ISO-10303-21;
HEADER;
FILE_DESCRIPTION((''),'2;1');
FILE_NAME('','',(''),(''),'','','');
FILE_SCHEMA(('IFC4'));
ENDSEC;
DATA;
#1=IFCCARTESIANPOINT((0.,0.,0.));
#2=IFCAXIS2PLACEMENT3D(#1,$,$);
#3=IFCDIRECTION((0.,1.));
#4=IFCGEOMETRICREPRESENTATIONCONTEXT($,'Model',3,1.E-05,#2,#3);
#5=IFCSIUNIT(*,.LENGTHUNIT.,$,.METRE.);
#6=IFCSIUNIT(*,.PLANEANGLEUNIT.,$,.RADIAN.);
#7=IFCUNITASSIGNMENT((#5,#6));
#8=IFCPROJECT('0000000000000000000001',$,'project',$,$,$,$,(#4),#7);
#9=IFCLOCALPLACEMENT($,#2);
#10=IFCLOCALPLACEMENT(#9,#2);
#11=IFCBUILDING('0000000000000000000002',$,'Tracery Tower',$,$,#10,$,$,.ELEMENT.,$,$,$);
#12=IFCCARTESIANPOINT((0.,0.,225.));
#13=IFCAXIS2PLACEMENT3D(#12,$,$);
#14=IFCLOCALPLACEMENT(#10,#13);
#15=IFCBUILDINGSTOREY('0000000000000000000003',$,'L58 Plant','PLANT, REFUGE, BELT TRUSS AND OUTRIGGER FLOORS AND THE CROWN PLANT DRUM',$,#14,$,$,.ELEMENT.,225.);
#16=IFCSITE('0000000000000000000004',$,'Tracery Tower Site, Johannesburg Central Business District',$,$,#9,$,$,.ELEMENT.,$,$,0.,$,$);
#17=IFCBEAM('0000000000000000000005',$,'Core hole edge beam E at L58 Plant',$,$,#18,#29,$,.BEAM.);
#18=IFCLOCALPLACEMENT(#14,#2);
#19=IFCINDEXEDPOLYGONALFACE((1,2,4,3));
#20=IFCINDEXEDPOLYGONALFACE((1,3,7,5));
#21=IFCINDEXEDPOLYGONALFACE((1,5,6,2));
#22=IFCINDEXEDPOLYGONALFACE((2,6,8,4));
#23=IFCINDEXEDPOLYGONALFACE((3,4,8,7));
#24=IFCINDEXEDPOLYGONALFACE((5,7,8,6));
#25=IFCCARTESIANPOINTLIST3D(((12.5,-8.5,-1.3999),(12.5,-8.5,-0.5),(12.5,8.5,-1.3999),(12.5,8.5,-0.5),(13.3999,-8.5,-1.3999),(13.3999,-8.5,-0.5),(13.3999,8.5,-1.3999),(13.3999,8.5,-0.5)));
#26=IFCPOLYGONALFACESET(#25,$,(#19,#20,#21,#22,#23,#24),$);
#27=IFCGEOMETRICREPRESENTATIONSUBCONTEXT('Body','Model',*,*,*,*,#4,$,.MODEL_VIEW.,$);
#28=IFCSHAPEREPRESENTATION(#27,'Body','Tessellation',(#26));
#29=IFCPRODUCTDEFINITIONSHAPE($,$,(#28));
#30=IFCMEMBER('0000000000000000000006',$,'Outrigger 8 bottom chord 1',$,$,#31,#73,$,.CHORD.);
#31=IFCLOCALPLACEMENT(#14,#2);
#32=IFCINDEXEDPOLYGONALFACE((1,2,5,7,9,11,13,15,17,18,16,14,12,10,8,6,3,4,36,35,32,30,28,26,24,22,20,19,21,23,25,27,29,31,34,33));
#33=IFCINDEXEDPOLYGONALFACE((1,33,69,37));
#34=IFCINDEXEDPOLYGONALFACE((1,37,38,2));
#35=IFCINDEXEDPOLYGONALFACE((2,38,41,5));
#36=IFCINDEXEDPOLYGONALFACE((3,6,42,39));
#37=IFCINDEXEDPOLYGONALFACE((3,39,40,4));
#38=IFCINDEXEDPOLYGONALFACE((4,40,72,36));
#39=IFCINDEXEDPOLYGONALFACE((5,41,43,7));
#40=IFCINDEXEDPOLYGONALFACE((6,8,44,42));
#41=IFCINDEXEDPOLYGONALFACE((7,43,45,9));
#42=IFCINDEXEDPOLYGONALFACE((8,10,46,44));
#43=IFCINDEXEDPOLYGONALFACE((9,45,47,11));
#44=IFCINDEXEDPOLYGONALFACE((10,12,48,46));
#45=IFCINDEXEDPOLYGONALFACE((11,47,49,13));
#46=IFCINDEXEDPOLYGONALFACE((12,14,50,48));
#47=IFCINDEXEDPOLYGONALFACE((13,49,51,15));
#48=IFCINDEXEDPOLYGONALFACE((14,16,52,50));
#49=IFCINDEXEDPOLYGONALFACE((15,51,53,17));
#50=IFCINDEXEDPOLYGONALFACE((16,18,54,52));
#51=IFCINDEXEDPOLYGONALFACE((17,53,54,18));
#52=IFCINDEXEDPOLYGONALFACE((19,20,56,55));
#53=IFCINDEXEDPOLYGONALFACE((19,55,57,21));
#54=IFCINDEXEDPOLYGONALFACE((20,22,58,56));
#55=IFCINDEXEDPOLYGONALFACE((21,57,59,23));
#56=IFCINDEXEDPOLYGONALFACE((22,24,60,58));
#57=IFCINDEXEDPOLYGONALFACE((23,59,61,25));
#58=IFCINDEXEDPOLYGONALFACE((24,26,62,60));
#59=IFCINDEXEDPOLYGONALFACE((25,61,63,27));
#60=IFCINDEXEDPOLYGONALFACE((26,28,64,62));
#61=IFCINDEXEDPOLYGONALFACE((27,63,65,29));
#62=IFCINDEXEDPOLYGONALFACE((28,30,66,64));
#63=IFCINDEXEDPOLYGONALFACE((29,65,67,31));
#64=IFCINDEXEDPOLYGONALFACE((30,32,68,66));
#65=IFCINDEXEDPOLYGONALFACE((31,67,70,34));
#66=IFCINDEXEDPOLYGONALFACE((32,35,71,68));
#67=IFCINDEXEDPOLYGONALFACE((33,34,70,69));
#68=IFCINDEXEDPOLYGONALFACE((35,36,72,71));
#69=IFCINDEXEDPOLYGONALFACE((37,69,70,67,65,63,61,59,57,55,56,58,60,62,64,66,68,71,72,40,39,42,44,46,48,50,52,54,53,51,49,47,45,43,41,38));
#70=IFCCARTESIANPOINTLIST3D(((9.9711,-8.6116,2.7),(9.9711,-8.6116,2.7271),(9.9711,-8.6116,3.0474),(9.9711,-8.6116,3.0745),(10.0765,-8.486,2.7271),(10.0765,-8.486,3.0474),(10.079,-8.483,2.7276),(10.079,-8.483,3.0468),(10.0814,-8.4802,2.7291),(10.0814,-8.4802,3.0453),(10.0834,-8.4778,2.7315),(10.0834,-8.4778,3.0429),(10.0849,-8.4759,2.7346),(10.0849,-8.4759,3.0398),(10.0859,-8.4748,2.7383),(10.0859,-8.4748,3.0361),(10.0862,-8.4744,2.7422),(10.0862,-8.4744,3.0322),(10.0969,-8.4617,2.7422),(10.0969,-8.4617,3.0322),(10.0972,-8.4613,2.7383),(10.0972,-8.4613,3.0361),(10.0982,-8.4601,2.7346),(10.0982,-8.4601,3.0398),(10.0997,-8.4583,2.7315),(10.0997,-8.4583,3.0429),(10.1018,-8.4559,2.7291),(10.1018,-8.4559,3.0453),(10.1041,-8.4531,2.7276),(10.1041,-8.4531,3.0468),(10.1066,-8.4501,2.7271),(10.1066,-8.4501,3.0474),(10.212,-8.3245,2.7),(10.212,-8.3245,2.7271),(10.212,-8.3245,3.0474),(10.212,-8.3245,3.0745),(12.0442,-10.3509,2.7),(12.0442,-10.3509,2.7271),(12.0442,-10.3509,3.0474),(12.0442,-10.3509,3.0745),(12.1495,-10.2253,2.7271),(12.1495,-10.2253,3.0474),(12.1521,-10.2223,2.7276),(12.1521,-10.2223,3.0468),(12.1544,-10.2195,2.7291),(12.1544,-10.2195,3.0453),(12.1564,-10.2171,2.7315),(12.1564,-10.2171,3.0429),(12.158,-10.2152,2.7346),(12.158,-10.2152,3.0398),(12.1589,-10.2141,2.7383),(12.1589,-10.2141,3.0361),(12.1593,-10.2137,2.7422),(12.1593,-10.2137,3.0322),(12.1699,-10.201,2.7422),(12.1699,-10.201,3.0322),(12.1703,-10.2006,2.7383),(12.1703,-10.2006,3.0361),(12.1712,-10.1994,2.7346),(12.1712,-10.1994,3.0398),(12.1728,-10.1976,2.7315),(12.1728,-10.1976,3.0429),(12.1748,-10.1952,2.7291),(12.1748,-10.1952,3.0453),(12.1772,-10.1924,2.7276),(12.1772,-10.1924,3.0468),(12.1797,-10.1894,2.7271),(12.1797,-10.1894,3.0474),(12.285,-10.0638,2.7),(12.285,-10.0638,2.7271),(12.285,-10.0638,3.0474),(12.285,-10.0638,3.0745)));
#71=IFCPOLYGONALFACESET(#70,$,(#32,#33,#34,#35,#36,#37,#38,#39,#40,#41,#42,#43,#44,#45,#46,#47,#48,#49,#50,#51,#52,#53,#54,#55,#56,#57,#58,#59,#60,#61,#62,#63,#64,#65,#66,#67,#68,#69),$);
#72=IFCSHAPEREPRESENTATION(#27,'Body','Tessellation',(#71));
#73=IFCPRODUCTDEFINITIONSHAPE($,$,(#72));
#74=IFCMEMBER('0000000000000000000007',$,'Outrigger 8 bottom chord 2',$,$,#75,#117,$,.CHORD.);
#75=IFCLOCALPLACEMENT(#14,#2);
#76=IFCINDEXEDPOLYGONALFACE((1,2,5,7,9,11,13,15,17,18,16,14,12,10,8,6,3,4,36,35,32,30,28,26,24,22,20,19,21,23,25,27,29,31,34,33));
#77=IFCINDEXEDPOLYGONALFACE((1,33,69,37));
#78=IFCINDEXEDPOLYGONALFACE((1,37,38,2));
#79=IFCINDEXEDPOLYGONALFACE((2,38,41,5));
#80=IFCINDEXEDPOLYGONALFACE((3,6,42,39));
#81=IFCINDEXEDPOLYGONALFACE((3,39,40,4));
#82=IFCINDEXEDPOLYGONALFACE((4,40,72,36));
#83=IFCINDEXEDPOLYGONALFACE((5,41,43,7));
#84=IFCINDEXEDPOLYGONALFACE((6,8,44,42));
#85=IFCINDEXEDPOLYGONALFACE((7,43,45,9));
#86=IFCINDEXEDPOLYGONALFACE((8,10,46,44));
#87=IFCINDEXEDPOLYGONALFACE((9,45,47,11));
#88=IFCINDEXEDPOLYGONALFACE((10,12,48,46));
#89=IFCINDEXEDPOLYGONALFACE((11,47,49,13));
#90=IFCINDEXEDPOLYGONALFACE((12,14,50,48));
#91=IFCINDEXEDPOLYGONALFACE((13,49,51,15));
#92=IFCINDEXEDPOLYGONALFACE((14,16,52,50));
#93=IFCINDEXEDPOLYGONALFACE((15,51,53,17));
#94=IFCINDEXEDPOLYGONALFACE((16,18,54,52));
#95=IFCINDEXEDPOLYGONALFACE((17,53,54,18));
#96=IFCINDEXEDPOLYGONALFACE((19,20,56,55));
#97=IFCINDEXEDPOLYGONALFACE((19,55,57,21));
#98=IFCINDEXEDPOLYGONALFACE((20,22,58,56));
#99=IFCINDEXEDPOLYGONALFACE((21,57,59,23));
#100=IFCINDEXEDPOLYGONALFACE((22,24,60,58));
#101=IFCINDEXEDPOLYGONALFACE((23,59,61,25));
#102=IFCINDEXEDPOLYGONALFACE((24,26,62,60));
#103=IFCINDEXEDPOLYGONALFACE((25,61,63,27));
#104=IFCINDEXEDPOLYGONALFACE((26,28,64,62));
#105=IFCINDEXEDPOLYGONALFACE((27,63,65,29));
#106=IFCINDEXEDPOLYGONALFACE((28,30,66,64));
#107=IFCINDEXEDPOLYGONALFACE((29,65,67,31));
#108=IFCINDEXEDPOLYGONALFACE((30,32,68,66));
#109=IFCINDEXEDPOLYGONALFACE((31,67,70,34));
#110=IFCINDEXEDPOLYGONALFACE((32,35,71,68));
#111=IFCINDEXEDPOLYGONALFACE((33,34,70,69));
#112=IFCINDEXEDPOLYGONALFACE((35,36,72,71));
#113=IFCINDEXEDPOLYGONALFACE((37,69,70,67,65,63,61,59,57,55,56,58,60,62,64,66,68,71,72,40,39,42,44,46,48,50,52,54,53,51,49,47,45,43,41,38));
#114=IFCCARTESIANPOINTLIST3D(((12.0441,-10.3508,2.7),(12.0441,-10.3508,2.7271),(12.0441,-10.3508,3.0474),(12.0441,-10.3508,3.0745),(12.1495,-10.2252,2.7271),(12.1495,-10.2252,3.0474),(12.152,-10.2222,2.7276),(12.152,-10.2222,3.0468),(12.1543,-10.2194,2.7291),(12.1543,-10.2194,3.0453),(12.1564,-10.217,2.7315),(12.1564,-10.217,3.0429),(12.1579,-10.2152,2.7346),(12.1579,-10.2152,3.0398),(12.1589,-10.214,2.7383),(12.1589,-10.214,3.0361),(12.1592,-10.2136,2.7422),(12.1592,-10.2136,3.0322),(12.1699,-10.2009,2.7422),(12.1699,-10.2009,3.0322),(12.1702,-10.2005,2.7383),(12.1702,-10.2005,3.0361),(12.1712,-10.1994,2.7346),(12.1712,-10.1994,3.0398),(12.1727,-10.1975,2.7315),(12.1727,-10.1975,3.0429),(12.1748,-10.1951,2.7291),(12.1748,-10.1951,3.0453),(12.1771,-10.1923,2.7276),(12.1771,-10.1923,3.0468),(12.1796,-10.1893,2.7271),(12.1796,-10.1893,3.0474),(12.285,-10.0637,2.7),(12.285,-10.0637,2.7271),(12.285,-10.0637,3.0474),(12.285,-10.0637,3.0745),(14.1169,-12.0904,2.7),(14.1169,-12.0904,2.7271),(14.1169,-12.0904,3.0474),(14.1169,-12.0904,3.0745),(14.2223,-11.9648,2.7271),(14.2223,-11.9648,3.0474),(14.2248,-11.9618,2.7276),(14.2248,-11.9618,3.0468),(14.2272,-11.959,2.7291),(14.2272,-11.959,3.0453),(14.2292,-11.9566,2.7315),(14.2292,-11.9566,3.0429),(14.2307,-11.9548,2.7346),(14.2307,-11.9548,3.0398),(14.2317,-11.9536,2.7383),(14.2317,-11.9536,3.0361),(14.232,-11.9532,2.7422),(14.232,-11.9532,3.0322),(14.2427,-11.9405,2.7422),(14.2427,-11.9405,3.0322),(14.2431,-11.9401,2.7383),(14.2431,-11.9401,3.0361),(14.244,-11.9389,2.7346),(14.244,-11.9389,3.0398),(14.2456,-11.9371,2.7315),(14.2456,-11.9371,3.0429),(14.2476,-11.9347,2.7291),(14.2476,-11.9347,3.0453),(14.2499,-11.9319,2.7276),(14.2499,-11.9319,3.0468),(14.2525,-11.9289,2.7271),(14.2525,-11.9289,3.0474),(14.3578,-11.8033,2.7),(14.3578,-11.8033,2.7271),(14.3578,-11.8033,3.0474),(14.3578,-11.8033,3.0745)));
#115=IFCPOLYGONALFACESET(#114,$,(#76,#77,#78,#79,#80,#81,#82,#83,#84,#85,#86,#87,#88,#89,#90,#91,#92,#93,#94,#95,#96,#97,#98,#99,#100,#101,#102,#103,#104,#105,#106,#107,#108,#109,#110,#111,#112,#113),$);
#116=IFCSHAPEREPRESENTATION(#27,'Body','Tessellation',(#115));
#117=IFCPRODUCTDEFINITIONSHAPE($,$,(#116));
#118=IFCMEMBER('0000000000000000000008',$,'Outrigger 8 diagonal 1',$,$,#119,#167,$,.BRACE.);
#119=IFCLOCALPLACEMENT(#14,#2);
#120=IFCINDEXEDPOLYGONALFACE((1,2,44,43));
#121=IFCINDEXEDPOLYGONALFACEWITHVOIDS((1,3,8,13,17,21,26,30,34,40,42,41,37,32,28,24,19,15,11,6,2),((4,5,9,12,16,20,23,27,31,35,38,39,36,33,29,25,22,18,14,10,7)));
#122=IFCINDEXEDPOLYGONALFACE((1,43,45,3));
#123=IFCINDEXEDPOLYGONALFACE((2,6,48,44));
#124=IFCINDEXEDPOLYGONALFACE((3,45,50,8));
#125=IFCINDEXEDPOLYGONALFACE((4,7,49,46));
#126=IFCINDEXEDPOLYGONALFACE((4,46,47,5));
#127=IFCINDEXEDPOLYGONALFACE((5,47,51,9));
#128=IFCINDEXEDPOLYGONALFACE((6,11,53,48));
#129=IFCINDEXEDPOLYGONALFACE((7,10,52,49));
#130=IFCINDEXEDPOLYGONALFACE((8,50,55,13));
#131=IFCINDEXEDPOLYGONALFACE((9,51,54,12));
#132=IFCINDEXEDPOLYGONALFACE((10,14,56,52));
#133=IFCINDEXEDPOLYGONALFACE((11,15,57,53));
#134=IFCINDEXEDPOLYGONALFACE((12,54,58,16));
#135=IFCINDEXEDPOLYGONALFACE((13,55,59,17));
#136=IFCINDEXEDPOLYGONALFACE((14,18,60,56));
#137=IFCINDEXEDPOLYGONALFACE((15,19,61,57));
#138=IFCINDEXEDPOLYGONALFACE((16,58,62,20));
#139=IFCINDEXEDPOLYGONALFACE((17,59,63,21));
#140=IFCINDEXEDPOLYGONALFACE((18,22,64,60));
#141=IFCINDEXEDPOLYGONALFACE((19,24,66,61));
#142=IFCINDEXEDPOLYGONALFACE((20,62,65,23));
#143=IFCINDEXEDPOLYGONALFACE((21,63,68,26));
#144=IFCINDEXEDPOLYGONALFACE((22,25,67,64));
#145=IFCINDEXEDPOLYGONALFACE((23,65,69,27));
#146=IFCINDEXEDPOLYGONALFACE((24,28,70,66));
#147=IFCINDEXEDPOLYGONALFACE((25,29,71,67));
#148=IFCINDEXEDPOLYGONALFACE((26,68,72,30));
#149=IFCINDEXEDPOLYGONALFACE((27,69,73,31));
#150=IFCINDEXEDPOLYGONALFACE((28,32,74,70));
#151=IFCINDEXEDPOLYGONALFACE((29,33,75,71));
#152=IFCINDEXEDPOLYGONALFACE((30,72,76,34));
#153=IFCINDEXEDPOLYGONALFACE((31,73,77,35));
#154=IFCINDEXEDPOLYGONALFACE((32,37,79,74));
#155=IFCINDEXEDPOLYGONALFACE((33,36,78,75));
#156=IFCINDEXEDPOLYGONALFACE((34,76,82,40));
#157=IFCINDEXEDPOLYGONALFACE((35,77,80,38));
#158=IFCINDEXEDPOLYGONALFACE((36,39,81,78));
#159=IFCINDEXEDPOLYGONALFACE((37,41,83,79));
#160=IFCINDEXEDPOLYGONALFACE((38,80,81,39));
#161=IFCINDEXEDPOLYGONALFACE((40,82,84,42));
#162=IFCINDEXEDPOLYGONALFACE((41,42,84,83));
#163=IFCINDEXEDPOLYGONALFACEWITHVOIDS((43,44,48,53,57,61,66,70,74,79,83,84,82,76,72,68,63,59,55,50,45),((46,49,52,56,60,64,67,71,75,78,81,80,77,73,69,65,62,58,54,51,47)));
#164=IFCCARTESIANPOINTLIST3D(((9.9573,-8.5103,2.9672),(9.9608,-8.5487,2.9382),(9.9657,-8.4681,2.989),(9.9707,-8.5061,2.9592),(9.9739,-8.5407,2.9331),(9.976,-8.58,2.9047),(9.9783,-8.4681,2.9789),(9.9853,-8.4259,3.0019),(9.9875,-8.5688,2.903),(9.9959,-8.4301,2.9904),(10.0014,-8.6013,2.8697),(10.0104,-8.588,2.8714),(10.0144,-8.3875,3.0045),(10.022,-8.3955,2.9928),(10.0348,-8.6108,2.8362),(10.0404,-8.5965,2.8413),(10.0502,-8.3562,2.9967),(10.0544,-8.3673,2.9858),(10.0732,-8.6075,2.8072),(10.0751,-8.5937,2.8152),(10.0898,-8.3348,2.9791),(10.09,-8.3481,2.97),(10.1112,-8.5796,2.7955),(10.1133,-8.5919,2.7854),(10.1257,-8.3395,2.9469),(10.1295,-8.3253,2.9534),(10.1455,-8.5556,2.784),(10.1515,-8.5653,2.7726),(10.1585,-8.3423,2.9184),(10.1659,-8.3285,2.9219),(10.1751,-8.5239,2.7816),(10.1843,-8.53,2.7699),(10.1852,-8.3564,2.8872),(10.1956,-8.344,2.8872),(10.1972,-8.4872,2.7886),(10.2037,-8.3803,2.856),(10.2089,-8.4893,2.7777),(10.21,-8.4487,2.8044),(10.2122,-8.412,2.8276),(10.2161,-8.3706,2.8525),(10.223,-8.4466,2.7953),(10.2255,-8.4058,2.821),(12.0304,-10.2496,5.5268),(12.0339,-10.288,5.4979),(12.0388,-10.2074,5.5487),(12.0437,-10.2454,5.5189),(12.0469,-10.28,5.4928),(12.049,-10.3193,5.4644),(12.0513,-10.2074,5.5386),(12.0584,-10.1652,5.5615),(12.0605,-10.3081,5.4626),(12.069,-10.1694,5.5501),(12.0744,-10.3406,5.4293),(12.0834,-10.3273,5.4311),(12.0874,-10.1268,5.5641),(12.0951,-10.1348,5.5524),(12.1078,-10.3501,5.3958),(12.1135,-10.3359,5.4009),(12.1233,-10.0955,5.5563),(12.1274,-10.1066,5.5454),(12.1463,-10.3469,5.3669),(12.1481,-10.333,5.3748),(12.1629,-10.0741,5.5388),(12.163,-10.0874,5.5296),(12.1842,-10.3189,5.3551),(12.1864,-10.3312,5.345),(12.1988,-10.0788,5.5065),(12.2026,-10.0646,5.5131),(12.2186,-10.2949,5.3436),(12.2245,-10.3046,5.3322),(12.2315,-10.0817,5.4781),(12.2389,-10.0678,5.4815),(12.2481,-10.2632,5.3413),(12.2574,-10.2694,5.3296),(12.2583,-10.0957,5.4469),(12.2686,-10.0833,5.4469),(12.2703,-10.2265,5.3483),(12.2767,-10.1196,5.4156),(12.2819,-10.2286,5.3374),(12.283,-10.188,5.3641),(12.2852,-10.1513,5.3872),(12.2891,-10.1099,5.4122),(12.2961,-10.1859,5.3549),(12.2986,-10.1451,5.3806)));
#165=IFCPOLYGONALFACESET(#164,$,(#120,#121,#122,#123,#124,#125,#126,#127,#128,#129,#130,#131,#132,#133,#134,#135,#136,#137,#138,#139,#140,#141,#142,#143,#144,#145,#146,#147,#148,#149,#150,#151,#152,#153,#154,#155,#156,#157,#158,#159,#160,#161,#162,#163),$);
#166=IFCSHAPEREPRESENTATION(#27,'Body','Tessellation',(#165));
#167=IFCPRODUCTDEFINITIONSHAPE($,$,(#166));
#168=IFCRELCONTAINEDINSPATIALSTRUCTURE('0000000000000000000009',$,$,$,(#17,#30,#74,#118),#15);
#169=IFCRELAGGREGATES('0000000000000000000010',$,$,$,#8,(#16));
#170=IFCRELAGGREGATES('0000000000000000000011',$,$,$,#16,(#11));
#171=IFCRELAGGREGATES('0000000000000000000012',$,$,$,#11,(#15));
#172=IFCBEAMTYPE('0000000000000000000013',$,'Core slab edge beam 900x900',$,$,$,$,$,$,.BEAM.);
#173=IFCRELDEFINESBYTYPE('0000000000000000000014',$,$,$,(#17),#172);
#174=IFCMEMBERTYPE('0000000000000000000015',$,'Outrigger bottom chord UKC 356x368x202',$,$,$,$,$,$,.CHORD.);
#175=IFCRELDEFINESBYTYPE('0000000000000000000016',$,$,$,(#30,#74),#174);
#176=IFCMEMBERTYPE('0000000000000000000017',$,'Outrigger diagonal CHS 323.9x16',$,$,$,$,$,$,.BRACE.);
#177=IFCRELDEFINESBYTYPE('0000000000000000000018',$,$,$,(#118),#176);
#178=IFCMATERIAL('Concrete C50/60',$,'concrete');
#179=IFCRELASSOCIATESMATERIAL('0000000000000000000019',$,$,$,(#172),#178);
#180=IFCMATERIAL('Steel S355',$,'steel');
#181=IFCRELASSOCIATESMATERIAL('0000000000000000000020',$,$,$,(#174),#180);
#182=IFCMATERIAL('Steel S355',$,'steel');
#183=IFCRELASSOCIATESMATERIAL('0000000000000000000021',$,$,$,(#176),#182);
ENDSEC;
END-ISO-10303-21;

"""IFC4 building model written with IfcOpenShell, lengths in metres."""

from ifc_helpers import new_model, si_unit, direction, frame, origin, origin_2d, place, context, subcontext, project, spatial, rectangle, hollow_circle, i_section, extrude, material, material_profile, profile_set, type_object, element, save


model = new_model("IFC4")

# Units and contexts
model_context = context("Model", 3, precision=1e-05, world=origin(), true_north=direction((0.0, 1.0)))
body_context = subcontext(model_context, "Body", "Model", "MODEL_VIEW")
ifc_project = project(units=[si_unit("LENGTHUNIT", "METRE"), si_unit("PLANEANGLEUNIT", "RADIAN")], contexts=[model_context])

# Site, building, storey
site_placement = place(None, origin())
site = spatial("IfcSite", under=ifc_project, at=site_placement, Name="Tracery Tower Site, Johannesburg Central Business District", CompositionType="ELEMENT", RefElevation=0.0)
building_placement = place(site_placement, origin())
building = spatial("IfcBuilding", under=site, at=building_placement, Name="Tracery Tower", CompositionType="ELEMENT")
storey_placement = place(building_placement, frame((0.0, 0.0, 225.0)))
storey = spatial("IfcBuildingStorey", under=building, at=storey_placement, Name="L58 Plant", Description="PLANT, REFUGE, BELT TRUSS AND OUTRIGGER FLOORS AND THE CROWN PLANT DRUM", CompositionType="ELEMENT", Elevation=225.0)

# Beam
ifc_material_1 = material(Name="Concrete C50/60", Category="concrete")
ifc_material_profile_1 = material_profile(ifc_material_1, rectangle(XDim=0.8999, YDim=0.8999, at=origin_2d()), Name="RC 900x900")
ifc_profile_set_1 = profile_set([ifc_material_profile_1], Name="Concrete C50/60")
beam_type = type_object("IfcBeamType", Name="Core slab edge beam 900x900", PredefinedType="BEAM", material=ifc_profile_set_1)
beam_placement = place(storey_placement, frame((12.95, -8.5, -0.95), z_axis=(0.0, 1.0, 0.0), x_axis=(-1.0, 0.0, 0.0)))
element("IfcBeam", 1, at=beam_placement, inside=storey, type_object=beam_type, Name="Core hole edge beam E at L58 Plant", PredefinedType="BEAM", context=body_context, shape_type="SweptSolid", body=[
    extrude(rectangle(XDim=0.8999, YDim=0.8999, at=origin_2d()), origin(), (0.0, 0.0, 1.0), 17.0),
])

# Members
ifc_material_2 = material(Name="Steel S355", Category="steel")
ifc_material_profile_2 = material_profile(ifc_material_2, i_section(OverallWidth=0.3748, OverallDepth=0.3745, WebThickness=0.0166, FlangeThickness=0.0271, FilletRadius=0.0151, at=origin_2d()), Name="UKC 356x368x202")
ifc_profile_set_2 = profile_set([ifc_material_profile_2], Name="Steel S355")
member_type_1 = type_object("IfcMemberType", Name="Outrigger bottom chord UKC 356x368x202", PredefinedType="CHORD", material=ifc_profile_set_2)
for number, where, z_axis, x_axis, name in (
    (2, (10.0916, -8.468, 2.8872), (0.76608, -0.642746, 0.0), (0.642746, 0.76608, 0.0), "Outrigger 8 bottom chord 1"),
    (3, (12.1646, -10.2073, 2.8872), (0.765998, -0.642843, 0.0), (0.642843, 0.765998, 0.0), "Outrigger 8 bottom chord 2"),
):
    element("IfcMember", number, at=place(storey_placement, frame(where, z_axis=z_axis, x_axis=x_axis)), inside=storey, type_object=member_type_1, Name=name, PredefinedType="CHORD", context=body_context, shape_type="SweptSolid", body=[
        extrude(i_section(OverallWidth=0.3748, OverallDepth=0.3745, WebThickness=0.0166, FlangeThickness=0.0271, FilletRadius=0.0151, at=origin_2d()), origin(), (0.0, 0.0, 1.0), 2.7061),
    ])
ifc_material_3 = material(Name="Steel S355", Category="steel")
ifc_material_profile_3 = material_profile(ifc_material_3, hollow_circle(Radius=0.1619, WallThickness=0.0161, at=origin_2d()), Name="CHS 323.9x16")
ifc_profile_set_3 = profile_set([ifc_material_profile_3], Name="Steel S355")
member_type_2 = type_object("IfcMemberType", Name="Outrigger diagonal CHS 323.9x16", PredefinedType="BRACE", material=ifc_profile_set_3)
member_1_placement = place(storey_placement, frame((10.0916, -8.468, 2.8872), z_axis=(0.556547, -0.466947, 0.68718), x_axis=(0.642746, 0.76608, 0.0)))
element("IfcMember", 4, at=member_1_placement, inside=storey, type_object=member_type_2, Name="Outrigger 8 diagonal 1", PredefinedType="BRACE", context=body_context, shape_type="SweptSolid", body=[
    extrude(hollow_circle(Radius=0.1619, WallThickness=0.0161, at=origin_2d()), origin(), (0.0, 0.0, 1.0), 3.7249),
])

save(model, "model.ifc")
